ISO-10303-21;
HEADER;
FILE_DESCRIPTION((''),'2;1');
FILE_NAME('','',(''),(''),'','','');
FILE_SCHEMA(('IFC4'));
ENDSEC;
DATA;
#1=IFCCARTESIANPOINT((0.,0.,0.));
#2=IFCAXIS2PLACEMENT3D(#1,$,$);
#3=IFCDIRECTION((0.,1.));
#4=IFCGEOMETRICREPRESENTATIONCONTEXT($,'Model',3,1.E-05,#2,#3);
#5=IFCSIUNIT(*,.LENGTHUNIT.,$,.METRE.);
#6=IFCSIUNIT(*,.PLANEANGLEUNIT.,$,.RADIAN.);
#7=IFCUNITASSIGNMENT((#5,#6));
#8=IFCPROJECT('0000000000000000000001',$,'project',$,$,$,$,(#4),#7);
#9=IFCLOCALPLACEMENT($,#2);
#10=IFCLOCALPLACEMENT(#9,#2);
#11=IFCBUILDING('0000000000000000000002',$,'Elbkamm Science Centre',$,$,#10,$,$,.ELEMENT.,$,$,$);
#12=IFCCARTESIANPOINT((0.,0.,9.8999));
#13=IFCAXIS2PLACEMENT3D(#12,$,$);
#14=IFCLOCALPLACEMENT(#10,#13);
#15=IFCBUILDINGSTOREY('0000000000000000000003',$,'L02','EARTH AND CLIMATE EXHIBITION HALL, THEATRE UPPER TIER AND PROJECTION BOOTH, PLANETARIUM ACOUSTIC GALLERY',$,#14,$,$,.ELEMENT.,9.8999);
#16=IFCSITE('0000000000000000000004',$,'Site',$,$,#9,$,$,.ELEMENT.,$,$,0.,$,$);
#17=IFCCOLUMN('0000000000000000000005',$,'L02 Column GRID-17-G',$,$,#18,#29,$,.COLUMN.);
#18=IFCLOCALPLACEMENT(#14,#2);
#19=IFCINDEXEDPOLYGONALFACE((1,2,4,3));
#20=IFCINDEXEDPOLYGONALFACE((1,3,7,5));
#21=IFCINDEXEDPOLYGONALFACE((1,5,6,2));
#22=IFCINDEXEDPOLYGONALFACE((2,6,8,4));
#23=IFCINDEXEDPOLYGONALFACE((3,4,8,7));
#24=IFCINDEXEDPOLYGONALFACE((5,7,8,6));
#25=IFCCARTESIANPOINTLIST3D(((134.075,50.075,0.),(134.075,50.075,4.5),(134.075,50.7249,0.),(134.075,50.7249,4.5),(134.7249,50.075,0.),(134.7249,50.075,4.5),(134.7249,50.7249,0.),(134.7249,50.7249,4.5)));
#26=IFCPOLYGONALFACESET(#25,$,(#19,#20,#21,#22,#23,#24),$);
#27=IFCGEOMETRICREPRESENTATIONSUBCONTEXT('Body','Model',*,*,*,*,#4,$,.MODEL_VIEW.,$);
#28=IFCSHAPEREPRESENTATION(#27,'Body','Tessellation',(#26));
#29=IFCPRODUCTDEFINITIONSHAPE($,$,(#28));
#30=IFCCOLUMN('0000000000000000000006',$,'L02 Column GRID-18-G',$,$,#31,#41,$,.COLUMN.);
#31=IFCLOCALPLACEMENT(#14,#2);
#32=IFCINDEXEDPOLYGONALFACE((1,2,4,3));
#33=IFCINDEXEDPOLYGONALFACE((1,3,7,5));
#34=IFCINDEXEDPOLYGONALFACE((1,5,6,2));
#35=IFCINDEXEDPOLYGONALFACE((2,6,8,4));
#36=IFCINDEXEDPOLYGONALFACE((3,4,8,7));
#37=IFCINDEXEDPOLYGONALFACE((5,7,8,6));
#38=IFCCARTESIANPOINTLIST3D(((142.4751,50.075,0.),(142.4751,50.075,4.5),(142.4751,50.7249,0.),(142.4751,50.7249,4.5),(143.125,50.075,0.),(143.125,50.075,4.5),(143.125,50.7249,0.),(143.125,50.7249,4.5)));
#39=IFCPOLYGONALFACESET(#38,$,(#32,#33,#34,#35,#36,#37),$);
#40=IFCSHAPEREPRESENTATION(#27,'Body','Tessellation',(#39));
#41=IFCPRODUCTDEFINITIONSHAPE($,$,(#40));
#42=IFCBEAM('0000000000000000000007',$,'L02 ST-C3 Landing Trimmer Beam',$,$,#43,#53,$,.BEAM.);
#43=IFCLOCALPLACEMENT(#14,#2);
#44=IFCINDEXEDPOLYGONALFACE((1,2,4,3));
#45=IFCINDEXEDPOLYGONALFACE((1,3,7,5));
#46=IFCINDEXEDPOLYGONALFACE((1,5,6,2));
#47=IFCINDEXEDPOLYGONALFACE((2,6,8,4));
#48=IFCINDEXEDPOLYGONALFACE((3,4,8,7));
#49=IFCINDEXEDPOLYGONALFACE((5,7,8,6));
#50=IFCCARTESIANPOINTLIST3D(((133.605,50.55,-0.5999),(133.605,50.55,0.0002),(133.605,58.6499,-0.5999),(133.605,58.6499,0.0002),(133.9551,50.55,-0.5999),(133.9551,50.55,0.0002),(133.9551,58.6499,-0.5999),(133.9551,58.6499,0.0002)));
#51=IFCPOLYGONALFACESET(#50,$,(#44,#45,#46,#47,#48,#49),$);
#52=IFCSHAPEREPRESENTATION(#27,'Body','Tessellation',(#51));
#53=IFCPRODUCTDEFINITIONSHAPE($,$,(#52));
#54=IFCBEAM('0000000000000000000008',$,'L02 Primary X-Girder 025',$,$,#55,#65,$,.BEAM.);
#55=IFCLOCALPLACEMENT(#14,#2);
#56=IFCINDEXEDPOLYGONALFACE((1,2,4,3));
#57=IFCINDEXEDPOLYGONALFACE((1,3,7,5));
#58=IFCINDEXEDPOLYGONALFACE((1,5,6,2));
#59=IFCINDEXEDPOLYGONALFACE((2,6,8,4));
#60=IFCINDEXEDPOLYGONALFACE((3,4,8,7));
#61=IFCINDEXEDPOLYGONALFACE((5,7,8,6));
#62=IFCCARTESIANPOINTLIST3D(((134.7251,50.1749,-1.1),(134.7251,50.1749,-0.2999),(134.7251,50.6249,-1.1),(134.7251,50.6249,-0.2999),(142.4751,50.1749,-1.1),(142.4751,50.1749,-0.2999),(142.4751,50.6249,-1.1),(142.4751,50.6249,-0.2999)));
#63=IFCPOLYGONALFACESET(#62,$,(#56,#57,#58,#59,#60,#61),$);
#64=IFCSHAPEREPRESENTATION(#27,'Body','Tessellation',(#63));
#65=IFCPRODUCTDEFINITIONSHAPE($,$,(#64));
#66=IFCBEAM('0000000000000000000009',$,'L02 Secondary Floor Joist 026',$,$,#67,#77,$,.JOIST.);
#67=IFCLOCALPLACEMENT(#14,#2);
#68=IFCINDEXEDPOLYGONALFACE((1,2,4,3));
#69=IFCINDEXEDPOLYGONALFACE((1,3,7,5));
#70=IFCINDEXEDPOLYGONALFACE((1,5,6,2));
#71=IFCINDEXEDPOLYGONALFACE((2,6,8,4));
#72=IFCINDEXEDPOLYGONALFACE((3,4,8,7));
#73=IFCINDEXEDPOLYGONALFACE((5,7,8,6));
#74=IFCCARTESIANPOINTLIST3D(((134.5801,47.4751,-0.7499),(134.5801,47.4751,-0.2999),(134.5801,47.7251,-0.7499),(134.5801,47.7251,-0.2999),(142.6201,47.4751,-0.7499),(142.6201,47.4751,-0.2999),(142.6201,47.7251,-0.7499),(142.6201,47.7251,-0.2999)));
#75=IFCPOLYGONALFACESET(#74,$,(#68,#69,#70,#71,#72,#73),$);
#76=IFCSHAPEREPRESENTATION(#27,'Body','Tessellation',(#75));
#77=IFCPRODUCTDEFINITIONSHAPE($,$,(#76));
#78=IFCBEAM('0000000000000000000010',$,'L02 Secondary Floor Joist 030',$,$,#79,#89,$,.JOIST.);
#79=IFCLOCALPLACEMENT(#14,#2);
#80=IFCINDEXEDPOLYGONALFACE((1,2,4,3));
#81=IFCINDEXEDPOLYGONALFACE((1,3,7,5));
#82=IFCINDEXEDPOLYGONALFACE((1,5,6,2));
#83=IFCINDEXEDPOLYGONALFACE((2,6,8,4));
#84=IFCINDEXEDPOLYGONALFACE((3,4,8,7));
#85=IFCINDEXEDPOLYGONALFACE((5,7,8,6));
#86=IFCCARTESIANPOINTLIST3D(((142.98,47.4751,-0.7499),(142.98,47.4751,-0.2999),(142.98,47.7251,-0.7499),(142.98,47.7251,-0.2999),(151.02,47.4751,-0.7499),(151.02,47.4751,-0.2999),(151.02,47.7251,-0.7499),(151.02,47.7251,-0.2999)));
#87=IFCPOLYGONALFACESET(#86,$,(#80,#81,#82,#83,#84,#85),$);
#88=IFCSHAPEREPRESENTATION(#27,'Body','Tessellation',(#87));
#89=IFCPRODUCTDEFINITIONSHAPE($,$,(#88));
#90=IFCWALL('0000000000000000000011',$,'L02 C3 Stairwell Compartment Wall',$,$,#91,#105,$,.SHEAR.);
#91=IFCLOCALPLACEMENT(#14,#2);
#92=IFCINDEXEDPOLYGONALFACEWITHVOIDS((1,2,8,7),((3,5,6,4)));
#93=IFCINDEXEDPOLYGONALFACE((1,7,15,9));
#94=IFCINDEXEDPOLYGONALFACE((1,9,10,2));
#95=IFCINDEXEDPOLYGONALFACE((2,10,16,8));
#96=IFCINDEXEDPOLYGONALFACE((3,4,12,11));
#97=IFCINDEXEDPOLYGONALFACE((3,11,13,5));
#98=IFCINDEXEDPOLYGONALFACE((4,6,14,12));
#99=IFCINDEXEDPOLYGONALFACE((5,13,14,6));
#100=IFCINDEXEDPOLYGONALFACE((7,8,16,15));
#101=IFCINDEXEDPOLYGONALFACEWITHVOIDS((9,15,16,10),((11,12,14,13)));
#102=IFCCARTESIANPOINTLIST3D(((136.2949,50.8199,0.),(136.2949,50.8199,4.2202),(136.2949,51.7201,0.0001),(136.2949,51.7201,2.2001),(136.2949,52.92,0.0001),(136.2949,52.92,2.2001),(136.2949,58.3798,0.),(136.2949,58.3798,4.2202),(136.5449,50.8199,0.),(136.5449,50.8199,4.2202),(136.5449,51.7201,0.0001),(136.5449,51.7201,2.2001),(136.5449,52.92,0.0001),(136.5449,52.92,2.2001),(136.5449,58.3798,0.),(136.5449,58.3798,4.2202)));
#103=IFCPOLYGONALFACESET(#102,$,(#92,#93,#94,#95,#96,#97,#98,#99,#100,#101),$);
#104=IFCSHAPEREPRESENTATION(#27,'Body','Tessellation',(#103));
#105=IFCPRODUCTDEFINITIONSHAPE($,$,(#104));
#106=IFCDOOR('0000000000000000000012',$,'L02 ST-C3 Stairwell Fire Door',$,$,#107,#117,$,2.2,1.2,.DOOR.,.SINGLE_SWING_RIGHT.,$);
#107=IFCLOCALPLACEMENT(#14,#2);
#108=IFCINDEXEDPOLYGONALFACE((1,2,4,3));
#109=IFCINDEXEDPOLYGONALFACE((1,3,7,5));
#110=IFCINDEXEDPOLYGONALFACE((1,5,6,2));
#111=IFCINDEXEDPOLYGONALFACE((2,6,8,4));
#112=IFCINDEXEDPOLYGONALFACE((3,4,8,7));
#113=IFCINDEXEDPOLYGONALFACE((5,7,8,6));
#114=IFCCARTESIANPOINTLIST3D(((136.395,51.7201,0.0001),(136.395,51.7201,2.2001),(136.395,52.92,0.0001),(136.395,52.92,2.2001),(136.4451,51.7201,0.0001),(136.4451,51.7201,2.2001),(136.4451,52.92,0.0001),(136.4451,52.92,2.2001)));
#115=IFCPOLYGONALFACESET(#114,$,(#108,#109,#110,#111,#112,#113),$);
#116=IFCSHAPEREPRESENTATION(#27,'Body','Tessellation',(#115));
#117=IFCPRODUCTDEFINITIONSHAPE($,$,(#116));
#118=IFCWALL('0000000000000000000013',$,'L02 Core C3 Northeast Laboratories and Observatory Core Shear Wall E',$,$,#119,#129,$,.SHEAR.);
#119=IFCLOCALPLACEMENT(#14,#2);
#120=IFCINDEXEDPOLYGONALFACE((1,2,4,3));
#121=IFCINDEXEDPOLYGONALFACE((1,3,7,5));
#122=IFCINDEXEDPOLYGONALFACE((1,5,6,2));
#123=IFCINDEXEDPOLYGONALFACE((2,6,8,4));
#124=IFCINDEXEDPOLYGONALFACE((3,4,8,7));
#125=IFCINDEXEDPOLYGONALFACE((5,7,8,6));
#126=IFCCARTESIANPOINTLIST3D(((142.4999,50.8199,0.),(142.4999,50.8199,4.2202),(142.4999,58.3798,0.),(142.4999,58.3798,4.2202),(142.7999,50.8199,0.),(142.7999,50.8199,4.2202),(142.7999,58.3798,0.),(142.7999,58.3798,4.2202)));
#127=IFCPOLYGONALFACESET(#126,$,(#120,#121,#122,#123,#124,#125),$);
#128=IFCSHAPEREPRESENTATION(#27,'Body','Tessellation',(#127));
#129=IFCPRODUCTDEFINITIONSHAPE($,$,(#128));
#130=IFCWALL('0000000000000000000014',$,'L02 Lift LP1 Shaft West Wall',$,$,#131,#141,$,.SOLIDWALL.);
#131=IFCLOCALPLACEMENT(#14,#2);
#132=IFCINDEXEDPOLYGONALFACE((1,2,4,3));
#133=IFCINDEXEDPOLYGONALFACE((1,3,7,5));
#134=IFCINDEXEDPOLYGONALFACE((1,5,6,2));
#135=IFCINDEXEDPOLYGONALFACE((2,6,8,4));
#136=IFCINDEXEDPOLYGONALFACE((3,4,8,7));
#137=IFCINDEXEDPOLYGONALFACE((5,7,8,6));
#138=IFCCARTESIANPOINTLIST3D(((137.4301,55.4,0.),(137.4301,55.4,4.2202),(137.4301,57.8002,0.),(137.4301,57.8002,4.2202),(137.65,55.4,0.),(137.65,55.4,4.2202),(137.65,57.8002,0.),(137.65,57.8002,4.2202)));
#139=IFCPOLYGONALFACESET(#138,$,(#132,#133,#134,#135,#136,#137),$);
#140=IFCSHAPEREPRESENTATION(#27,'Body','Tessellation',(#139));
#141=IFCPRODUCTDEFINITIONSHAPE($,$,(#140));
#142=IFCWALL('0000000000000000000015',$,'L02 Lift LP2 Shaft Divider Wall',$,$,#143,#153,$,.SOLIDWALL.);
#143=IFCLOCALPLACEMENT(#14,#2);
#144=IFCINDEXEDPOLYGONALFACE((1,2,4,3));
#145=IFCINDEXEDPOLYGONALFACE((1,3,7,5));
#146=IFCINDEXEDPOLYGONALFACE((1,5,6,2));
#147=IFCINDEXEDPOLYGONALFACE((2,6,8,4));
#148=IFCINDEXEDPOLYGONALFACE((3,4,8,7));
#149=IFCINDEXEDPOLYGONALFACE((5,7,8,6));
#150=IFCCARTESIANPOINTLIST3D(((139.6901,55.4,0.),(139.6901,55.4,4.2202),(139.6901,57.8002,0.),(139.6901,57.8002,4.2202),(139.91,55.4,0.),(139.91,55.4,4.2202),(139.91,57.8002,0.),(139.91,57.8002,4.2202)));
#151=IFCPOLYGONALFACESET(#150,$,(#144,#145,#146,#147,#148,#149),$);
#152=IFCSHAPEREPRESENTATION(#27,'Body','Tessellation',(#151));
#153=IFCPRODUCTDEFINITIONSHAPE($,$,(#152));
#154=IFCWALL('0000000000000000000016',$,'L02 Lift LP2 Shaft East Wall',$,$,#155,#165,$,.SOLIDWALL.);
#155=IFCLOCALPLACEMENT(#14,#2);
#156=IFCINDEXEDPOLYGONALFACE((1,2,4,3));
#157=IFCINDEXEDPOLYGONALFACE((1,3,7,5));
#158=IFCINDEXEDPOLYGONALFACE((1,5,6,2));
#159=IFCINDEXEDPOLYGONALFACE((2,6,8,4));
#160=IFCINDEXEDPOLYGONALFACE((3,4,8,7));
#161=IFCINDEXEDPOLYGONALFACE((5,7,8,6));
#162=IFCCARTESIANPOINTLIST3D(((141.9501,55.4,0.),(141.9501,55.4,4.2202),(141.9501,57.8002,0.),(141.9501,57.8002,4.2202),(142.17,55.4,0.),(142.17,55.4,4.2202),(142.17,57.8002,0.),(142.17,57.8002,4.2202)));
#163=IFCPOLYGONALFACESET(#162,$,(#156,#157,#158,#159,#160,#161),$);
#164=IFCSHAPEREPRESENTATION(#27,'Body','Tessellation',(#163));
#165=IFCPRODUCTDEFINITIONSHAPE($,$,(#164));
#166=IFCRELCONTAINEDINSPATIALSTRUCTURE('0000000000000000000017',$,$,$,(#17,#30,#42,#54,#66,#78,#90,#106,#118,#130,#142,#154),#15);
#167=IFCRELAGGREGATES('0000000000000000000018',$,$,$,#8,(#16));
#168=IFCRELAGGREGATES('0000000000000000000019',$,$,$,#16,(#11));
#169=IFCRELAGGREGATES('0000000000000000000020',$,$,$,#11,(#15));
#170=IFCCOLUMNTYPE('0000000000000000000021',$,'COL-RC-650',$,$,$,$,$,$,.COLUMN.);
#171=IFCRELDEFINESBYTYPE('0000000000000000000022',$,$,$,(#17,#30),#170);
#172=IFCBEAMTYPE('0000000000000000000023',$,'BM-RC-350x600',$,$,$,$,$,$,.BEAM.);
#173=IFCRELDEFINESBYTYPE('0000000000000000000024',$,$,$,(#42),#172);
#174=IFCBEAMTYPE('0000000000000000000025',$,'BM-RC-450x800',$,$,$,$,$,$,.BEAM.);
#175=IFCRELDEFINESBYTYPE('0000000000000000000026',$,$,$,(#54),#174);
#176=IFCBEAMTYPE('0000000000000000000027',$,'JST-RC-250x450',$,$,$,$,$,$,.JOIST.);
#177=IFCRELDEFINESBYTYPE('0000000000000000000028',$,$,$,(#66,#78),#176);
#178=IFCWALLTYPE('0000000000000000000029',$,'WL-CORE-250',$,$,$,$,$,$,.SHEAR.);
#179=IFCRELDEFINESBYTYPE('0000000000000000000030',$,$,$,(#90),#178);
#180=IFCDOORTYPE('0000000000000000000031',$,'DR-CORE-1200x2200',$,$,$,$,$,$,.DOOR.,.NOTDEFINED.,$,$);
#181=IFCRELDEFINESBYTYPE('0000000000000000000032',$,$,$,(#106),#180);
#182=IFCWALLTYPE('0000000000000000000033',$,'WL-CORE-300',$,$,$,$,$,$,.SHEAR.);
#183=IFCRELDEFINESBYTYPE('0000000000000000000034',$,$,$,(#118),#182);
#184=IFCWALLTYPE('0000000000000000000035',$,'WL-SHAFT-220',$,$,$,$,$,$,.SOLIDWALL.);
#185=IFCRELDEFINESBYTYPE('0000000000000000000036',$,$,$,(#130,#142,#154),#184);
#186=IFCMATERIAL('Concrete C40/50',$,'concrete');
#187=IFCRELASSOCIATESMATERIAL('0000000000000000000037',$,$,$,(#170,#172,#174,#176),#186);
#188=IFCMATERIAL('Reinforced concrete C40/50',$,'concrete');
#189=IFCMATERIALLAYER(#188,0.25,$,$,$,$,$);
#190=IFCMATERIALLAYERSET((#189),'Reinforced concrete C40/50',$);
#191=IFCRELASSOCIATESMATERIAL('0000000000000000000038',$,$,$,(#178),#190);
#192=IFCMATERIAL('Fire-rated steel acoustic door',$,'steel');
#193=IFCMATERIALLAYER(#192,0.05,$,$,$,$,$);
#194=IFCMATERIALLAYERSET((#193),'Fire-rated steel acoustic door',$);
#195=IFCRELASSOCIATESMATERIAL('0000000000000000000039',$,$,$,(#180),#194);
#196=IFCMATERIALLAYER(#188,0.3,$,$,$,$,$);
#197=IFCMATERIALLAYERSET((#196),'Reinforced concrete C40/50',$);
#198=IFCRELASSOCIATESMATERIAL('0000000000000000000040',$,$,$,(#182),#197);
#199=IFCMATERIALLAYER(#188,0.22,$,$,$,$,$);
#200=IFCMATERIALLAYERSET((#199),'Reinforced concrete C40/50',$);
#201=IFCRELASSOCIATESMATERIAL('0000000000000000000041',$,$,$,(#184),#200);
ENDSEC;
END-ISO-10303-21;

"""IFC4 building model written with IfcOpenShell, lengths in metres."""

from ifc_helpers import new_model, si_unit, direction, frame, frame_2d, origin, origin_2d, place, context, subcontext, project, spatial, rectangle, extrude, material, layer, layer_set, material_profile, profile_set, type_object, element, fill, save


model = new_model("IFC4")

# Units and contexts
model_context = context("Model", 3, precision=1e-05, world=origin(), true_north=direction((0.0, 1.0)))
body_context = subcontext(model_context, "Body", "Model", "MODEL_VIEW")
ifc_project = project(units=[si_unit("LENGTHUNIT", "METRE"), si_unit("PLANEANGLEUNIT", "RADIAN")], contexts=[model_context])

# Site, building, storey
site_placement = place(None, origin())
site = spatial("IfcSite", under=ifc_project, at=site_placement, Name="Site", CompositionType="ELEMENT", RefElevation=0.0)
building_placement = place(site_placement, origin())
building = spatial("IfcBuilding", under=site, at=building_placement, Name="Elbkamm Science Centre", CompositionType="ELEMENT")
storey_placement = place(building_placement, frame((0.0, 0.0, 9.8999)))
storey = spatial("IfcBuildingStorey", under=building, at=storey_placement, Name="L02", Description="EARTH AND CLIMATE EXHIBITION HALL, THEATRE UPPER TIER AND PROJECTION BOOTH, PLANETARIUM ACOUSTIC GALLERY", CompositionType="ELEMENT", Elevation=9.8999)

# Columns
ifc_material_1 = material(Name="Concrete C40/50", Category="concrete")
ifc_material_profile_1 = material_profile(ifc_material_1, rectangle(XDim=0.6499, YDim=0.6499, at=origin_2d()), Name="RC 650x650")
ifc_profile_set_1 = profile_set([ifc_material_profile_1], Name="Concrete C40/50")
column_type = type_object("IfcColumnType", Name="COL-RC-650", PredefinedType="COLUMN", material=ifc_profile_set_1)
for number, where, z_axis, x_axis, name in (
    (1, (134.3999, 50.3999, 0.0), (0.0, 0.0, 1.0), (1.0, 0.0, 0.0), "L02 Column GRID-17-G"),
    (2, (142.8, 50.3999, 0.0), (0.0, 0.0, 1.0), (1.0, 0.0, 0.0), "L02 Column GRID-18-G"),
):
    element("IfcColumn", number, at=place(storey_placement, frame(where, z_axis=z_axis, x_axis=x_axis)), inside=storey, type_object=column_type, Name=name, PredefinedType="COLUMN", context=body_context, shape_type="SweptSolid", body=[
        extrude(rectangle(XDim=0.6499, YDim=0.6499, at=origin_2d()), origin(), (0.0, 0.0, 1.0), 4.5),
    ])

# Beams
ifc_material_profile_2 = material_profile(ifc_material_1, rectangle(XDim=0.3501, YDim=0.6001, at=origin_2d()), Name="RC 350x600")
ifc_profile_set_2 = profile_set([ifc_material_profile_2], Name="Concrete C40/50")
beam_type_1 = type_object("IfcBeamType", Name="BM-RC-350x600", PredefinedType="BEAM", material=ifc_profile_set_2)
beam_1_placement = place(storey_placement, frame((133.78, 50.55, -0.2998), z_axis=(0.0, 1.0, 0.0), x_axis=(-1.0, 0.0, 0.0)))
element("IfcBeam", 3, at=beam_1_placement, inside=storey, type_object=beam_type_1, Name="L02 ST-C3 Landing Trimmer Beam", PredefinedType="BEAM", context=body_context, shape_type="SweptSolid", body=[
    extrude(rectangle(XDim=0.3501, YDim=0.6001, at=origin_2d()), origin(), (0.0, 0.0, 1.0), 8.0999),
])
ifc_material_profile_3 = material_profile(ifc_material_1, rectangle(XDim=0.45, YDim=0.8, at=origin_2d()), Name="RC 450x800")
ifc_profile_set_3 = profile_set([ifc_material_profile_3], Name="Concrete C40/50")
beam_type_2 = type_object("IfcBeamType", Name="BM-RC-450x800", PredefinedType="BEAM", material=ifc_profile_set_3)
beam_2_placement = place(storey_placement, frame((134.7251, 50.3999, -0.7), z_axis=(1.0, 0.0, 0.0), x_axis=(0.0, 1.0, 0.0)))
element("IfcBeam", 4, at=beam_2_placement, inside=storey, type_object=beam_type_2, Name="L02 Primary X-Girder 025", PredefinedType="BEAM", context=body_context, shape_type="SweptSolid", body=[
    extrude(rectangle(XDim=0.45, YDim=0.8, at=origin_2d()), origin(), (0.0, 0.0, 1.0), 7.75),
])
ifc_material_profile_4 = material_profile(ifc_material_1, rectangle(XDim=0.25, YDim=0.45, at=origin_2d()), Name="RC 250x450")
ifc_profile_set_4 = profile_set([ifc_material_profile_4], Name="Concrete C40/50")
beam_type_3 = type_object("IfcBeamType", Name="JST-RC-250x450", PredefinedType="JOIST", material=ifc_profile_set_4)
for number, where, z_axis, x_axis, name in (
    (5, (134.5801, 47.6001, -0.5249), (1.0, 0.0, 0.0), (0.0, 1.0, 0.0), "L02 Secondary Floor Joist 026"),
    (6, (142.98, 47.6001, -0.5249), (1.0, 0.0, 0.0), (0.0, 1.0, 0.0), "L02 Secondary Floor Joist 030"),
):
    element("IfcBeam", number, at=place(storey_placement, frame(where, z_axis=z_axis, x_axis=x_axis)), inside=storey, type_object=beam_type_3, Name=name, PredefinedType="JOIST", context=body_context, shape_type="SweptSolid", body=[
        extrude(rectangle(XDim=0.25, YDim=0.45, at=origin_2d()), origin(), (0.0, 0.0, 1.0), 8.04),
    ])

# Wall, opening, door
ifc_material_2 = material(Name="Reinforced concrete C40/50", Category="concrete")
ifc_layer_1 = layer(ifc_material_2, 0.25)
ifc_layer_set_1 = layer_set([ifc_layer_1], Name="Reinforced concrete C40/50")
wall_type_1 = type_object("IfcWallType", Name="WL-CORE-250", PredefinedType="SHEAR", material=ifc_layer_set_1)
wall_1_placement = place(storey_placement, frame((136.4199, 50.8201, 0.0), z_axis=(0.0, 0.0, 1.0), x_axis=(0.0, 1.0, 0.0)))
wall_1 = element("IfcWall", 7, at=wall_1_placement, inside=storey, type_object=wall_type_1, Name="L02 C3 Stairwell Compartment Wall", PredefinedType="SHEAR", context=body_context, shape_type="SweptSolid", body=[
    extrude(rectangle(XDim=7.5598, YDim=0.25, at=frame_2d((3.7798, 0.0))), origin(), (0.0, 0.0, 1.0), 4.2202),
])
opening_1_placement = place(wall_1_placement, frame((0.8999, 0.0, 0.0)))
opening_1 = element("IfcOpeningElement", 8, at=opening_1_placement, cuts=wall_1, PredefinedType="OPENING", context=body_context, shape_type="SweptSolid", body=[
    extrude(rectangle(XDim=1.2, YDim=2.2, at=frame_2d((0.6001, 1.1001))), frame((0.0, 0.137, 0.0), z_axis=(0.0, -1.0, 0.0), x_axis=(1.0, 0.0, 0.0)), (0.0, 0.0, 1.0), 0.2739),
])
ifc_material_3 = material(Name="Fire-rated steel acoustic door", Category="steel")
ifc_layer_2 = layer(ifc_material_3, 0.05)
ifc_layer_set_2 = layer_set([ifc_layer_2], Name="Fire-rated steel acoustic door")
door_type_1 = type_object("IfcDoorType", Name="DR-CORE-1200x2200", OperationType="NOTDEFINED", PredefinedType="DOOR", material=ifc_layer_set_2)
door_1_placement = place(opening_1_placement, origin())
door_1 = element("IfcDoor", 9, at=door_1_placement, inside=storey, type_object=door_type_1, Name="L02 ST-C3 Stairwell Fire Door", OperationType="SINGLE_SWING_RIGHT", OverallHeight=2.2, OverallWidth=1.2, PredefinedType="DOOR", context=body_context, shape_type="SweptSolid", body=[
    extrude(rectangle(XDim=1.2, YDim=2.2, at=frame_2d((0.6001, 1.1001))), frame((0.0, 0.0249, 0.0), z_axis=(0.0, -1.0, 0.0), x_axis=(1.0, 0.0, 0.0)), (0.0, 0.0, 1.0), 0.05),
])
fill(opening_1, door_1)

# Walls
ifc_layer_3 = layer(ifc_material_2, 0.3)
ifc_layer_set_3 = layer_set([ifc_layer_3], Name="Reinforced concrete C40/50")
wall_type_2 = type_object("IfcWallType", Name="WL-CORE-300", PredefinedType="SHEAR", material=ifc_layer_set_3)
wall_2_placement = place(storey_placement, frame((142.6499, 50.8201, 0.0), z_axis=(0.0, 0.0, 1.0), x_axis=(0.0, 1.0, 0.0)))
element("IfcWall", 10, at=wall_2_placement, inside=storey, type_object=wall_type_2, Name="L02 Core C3 Northeast Laboratories and Observatory Core Shear Wall E", PredefinedType="SHEAR", context=body_context, shape_type="SweptSolid", body=[
    extrude(rectangle(XDim=7.5598, YDim=0.3, at=frame_2d((3.7798, 0.0))), origin(), (0.0, 0.0, 1.0), 4.2202),
])
ifc_layer_4 = layer(ifc_material_2, 0.22)
ifc_layer_set_4 = layer_set([ifc_layer_4], Name="Reinforced concrete C40/50")
wall_type_3 = type_object("IfcWallType", Name="WL-SHAFT-220", PredefinedType="SOLIDWALL", material=ifc_layer_set_4)
wall_3_placement = place(storey_placement, frame((137.54, 55.3999, 0.0), z_axis=(0.0, 0.0, 1.0), x_axis=(0.0, 1.0, 0.0)))
element("IfcWall", 11, at=wall_3_placement, inside=storey, type_object=wall_type_3, Name="L02 Lift LP1 Shaft West Wall", PredefinedType="SOLIDWALL", context=body_context, shape_type="SweptSolid", body=[
    extrude(rectangle(XDim=2.4001, YDim=0.22, at=frame_2d((1.2002, 0.0))), origin(), (0.0, 0.0, 1.0), 4.2202),
])

# Walls
for number, where, z_axis, x_axis, name in (
    (12, (139.8, 55.3999, 0.0), (0.0, 0.0, 1.0), (0.0, 1.0, 0.0), "L02 Lift LP2 Shaft Divider Wall"),
    (13, (142.0601, 55.3999, 0.0), (0.0, 0.0, 1.0), (0.0, 1.0, 0.0), "L02 Lift LP2 Shaft East Wall"),
):
    element("IfcWall", number, at=place(storey_placement, frame(where, z_axis=z_axis, x_axis=x_axis)), inside=storey, type_object=wall_type_3, Name=name, PredefinedType="SOLIDWALL", context=body_context, shape_type="SweptSolid", body=[
        extrude(rectangle(XDim=2.4001, YDim=0.22, at=frame_2d((1.2002, 0.0))), origin(), (0.0, 0.0, 1.0), 4.2202),
    ])

save(model, "model.ifc")
